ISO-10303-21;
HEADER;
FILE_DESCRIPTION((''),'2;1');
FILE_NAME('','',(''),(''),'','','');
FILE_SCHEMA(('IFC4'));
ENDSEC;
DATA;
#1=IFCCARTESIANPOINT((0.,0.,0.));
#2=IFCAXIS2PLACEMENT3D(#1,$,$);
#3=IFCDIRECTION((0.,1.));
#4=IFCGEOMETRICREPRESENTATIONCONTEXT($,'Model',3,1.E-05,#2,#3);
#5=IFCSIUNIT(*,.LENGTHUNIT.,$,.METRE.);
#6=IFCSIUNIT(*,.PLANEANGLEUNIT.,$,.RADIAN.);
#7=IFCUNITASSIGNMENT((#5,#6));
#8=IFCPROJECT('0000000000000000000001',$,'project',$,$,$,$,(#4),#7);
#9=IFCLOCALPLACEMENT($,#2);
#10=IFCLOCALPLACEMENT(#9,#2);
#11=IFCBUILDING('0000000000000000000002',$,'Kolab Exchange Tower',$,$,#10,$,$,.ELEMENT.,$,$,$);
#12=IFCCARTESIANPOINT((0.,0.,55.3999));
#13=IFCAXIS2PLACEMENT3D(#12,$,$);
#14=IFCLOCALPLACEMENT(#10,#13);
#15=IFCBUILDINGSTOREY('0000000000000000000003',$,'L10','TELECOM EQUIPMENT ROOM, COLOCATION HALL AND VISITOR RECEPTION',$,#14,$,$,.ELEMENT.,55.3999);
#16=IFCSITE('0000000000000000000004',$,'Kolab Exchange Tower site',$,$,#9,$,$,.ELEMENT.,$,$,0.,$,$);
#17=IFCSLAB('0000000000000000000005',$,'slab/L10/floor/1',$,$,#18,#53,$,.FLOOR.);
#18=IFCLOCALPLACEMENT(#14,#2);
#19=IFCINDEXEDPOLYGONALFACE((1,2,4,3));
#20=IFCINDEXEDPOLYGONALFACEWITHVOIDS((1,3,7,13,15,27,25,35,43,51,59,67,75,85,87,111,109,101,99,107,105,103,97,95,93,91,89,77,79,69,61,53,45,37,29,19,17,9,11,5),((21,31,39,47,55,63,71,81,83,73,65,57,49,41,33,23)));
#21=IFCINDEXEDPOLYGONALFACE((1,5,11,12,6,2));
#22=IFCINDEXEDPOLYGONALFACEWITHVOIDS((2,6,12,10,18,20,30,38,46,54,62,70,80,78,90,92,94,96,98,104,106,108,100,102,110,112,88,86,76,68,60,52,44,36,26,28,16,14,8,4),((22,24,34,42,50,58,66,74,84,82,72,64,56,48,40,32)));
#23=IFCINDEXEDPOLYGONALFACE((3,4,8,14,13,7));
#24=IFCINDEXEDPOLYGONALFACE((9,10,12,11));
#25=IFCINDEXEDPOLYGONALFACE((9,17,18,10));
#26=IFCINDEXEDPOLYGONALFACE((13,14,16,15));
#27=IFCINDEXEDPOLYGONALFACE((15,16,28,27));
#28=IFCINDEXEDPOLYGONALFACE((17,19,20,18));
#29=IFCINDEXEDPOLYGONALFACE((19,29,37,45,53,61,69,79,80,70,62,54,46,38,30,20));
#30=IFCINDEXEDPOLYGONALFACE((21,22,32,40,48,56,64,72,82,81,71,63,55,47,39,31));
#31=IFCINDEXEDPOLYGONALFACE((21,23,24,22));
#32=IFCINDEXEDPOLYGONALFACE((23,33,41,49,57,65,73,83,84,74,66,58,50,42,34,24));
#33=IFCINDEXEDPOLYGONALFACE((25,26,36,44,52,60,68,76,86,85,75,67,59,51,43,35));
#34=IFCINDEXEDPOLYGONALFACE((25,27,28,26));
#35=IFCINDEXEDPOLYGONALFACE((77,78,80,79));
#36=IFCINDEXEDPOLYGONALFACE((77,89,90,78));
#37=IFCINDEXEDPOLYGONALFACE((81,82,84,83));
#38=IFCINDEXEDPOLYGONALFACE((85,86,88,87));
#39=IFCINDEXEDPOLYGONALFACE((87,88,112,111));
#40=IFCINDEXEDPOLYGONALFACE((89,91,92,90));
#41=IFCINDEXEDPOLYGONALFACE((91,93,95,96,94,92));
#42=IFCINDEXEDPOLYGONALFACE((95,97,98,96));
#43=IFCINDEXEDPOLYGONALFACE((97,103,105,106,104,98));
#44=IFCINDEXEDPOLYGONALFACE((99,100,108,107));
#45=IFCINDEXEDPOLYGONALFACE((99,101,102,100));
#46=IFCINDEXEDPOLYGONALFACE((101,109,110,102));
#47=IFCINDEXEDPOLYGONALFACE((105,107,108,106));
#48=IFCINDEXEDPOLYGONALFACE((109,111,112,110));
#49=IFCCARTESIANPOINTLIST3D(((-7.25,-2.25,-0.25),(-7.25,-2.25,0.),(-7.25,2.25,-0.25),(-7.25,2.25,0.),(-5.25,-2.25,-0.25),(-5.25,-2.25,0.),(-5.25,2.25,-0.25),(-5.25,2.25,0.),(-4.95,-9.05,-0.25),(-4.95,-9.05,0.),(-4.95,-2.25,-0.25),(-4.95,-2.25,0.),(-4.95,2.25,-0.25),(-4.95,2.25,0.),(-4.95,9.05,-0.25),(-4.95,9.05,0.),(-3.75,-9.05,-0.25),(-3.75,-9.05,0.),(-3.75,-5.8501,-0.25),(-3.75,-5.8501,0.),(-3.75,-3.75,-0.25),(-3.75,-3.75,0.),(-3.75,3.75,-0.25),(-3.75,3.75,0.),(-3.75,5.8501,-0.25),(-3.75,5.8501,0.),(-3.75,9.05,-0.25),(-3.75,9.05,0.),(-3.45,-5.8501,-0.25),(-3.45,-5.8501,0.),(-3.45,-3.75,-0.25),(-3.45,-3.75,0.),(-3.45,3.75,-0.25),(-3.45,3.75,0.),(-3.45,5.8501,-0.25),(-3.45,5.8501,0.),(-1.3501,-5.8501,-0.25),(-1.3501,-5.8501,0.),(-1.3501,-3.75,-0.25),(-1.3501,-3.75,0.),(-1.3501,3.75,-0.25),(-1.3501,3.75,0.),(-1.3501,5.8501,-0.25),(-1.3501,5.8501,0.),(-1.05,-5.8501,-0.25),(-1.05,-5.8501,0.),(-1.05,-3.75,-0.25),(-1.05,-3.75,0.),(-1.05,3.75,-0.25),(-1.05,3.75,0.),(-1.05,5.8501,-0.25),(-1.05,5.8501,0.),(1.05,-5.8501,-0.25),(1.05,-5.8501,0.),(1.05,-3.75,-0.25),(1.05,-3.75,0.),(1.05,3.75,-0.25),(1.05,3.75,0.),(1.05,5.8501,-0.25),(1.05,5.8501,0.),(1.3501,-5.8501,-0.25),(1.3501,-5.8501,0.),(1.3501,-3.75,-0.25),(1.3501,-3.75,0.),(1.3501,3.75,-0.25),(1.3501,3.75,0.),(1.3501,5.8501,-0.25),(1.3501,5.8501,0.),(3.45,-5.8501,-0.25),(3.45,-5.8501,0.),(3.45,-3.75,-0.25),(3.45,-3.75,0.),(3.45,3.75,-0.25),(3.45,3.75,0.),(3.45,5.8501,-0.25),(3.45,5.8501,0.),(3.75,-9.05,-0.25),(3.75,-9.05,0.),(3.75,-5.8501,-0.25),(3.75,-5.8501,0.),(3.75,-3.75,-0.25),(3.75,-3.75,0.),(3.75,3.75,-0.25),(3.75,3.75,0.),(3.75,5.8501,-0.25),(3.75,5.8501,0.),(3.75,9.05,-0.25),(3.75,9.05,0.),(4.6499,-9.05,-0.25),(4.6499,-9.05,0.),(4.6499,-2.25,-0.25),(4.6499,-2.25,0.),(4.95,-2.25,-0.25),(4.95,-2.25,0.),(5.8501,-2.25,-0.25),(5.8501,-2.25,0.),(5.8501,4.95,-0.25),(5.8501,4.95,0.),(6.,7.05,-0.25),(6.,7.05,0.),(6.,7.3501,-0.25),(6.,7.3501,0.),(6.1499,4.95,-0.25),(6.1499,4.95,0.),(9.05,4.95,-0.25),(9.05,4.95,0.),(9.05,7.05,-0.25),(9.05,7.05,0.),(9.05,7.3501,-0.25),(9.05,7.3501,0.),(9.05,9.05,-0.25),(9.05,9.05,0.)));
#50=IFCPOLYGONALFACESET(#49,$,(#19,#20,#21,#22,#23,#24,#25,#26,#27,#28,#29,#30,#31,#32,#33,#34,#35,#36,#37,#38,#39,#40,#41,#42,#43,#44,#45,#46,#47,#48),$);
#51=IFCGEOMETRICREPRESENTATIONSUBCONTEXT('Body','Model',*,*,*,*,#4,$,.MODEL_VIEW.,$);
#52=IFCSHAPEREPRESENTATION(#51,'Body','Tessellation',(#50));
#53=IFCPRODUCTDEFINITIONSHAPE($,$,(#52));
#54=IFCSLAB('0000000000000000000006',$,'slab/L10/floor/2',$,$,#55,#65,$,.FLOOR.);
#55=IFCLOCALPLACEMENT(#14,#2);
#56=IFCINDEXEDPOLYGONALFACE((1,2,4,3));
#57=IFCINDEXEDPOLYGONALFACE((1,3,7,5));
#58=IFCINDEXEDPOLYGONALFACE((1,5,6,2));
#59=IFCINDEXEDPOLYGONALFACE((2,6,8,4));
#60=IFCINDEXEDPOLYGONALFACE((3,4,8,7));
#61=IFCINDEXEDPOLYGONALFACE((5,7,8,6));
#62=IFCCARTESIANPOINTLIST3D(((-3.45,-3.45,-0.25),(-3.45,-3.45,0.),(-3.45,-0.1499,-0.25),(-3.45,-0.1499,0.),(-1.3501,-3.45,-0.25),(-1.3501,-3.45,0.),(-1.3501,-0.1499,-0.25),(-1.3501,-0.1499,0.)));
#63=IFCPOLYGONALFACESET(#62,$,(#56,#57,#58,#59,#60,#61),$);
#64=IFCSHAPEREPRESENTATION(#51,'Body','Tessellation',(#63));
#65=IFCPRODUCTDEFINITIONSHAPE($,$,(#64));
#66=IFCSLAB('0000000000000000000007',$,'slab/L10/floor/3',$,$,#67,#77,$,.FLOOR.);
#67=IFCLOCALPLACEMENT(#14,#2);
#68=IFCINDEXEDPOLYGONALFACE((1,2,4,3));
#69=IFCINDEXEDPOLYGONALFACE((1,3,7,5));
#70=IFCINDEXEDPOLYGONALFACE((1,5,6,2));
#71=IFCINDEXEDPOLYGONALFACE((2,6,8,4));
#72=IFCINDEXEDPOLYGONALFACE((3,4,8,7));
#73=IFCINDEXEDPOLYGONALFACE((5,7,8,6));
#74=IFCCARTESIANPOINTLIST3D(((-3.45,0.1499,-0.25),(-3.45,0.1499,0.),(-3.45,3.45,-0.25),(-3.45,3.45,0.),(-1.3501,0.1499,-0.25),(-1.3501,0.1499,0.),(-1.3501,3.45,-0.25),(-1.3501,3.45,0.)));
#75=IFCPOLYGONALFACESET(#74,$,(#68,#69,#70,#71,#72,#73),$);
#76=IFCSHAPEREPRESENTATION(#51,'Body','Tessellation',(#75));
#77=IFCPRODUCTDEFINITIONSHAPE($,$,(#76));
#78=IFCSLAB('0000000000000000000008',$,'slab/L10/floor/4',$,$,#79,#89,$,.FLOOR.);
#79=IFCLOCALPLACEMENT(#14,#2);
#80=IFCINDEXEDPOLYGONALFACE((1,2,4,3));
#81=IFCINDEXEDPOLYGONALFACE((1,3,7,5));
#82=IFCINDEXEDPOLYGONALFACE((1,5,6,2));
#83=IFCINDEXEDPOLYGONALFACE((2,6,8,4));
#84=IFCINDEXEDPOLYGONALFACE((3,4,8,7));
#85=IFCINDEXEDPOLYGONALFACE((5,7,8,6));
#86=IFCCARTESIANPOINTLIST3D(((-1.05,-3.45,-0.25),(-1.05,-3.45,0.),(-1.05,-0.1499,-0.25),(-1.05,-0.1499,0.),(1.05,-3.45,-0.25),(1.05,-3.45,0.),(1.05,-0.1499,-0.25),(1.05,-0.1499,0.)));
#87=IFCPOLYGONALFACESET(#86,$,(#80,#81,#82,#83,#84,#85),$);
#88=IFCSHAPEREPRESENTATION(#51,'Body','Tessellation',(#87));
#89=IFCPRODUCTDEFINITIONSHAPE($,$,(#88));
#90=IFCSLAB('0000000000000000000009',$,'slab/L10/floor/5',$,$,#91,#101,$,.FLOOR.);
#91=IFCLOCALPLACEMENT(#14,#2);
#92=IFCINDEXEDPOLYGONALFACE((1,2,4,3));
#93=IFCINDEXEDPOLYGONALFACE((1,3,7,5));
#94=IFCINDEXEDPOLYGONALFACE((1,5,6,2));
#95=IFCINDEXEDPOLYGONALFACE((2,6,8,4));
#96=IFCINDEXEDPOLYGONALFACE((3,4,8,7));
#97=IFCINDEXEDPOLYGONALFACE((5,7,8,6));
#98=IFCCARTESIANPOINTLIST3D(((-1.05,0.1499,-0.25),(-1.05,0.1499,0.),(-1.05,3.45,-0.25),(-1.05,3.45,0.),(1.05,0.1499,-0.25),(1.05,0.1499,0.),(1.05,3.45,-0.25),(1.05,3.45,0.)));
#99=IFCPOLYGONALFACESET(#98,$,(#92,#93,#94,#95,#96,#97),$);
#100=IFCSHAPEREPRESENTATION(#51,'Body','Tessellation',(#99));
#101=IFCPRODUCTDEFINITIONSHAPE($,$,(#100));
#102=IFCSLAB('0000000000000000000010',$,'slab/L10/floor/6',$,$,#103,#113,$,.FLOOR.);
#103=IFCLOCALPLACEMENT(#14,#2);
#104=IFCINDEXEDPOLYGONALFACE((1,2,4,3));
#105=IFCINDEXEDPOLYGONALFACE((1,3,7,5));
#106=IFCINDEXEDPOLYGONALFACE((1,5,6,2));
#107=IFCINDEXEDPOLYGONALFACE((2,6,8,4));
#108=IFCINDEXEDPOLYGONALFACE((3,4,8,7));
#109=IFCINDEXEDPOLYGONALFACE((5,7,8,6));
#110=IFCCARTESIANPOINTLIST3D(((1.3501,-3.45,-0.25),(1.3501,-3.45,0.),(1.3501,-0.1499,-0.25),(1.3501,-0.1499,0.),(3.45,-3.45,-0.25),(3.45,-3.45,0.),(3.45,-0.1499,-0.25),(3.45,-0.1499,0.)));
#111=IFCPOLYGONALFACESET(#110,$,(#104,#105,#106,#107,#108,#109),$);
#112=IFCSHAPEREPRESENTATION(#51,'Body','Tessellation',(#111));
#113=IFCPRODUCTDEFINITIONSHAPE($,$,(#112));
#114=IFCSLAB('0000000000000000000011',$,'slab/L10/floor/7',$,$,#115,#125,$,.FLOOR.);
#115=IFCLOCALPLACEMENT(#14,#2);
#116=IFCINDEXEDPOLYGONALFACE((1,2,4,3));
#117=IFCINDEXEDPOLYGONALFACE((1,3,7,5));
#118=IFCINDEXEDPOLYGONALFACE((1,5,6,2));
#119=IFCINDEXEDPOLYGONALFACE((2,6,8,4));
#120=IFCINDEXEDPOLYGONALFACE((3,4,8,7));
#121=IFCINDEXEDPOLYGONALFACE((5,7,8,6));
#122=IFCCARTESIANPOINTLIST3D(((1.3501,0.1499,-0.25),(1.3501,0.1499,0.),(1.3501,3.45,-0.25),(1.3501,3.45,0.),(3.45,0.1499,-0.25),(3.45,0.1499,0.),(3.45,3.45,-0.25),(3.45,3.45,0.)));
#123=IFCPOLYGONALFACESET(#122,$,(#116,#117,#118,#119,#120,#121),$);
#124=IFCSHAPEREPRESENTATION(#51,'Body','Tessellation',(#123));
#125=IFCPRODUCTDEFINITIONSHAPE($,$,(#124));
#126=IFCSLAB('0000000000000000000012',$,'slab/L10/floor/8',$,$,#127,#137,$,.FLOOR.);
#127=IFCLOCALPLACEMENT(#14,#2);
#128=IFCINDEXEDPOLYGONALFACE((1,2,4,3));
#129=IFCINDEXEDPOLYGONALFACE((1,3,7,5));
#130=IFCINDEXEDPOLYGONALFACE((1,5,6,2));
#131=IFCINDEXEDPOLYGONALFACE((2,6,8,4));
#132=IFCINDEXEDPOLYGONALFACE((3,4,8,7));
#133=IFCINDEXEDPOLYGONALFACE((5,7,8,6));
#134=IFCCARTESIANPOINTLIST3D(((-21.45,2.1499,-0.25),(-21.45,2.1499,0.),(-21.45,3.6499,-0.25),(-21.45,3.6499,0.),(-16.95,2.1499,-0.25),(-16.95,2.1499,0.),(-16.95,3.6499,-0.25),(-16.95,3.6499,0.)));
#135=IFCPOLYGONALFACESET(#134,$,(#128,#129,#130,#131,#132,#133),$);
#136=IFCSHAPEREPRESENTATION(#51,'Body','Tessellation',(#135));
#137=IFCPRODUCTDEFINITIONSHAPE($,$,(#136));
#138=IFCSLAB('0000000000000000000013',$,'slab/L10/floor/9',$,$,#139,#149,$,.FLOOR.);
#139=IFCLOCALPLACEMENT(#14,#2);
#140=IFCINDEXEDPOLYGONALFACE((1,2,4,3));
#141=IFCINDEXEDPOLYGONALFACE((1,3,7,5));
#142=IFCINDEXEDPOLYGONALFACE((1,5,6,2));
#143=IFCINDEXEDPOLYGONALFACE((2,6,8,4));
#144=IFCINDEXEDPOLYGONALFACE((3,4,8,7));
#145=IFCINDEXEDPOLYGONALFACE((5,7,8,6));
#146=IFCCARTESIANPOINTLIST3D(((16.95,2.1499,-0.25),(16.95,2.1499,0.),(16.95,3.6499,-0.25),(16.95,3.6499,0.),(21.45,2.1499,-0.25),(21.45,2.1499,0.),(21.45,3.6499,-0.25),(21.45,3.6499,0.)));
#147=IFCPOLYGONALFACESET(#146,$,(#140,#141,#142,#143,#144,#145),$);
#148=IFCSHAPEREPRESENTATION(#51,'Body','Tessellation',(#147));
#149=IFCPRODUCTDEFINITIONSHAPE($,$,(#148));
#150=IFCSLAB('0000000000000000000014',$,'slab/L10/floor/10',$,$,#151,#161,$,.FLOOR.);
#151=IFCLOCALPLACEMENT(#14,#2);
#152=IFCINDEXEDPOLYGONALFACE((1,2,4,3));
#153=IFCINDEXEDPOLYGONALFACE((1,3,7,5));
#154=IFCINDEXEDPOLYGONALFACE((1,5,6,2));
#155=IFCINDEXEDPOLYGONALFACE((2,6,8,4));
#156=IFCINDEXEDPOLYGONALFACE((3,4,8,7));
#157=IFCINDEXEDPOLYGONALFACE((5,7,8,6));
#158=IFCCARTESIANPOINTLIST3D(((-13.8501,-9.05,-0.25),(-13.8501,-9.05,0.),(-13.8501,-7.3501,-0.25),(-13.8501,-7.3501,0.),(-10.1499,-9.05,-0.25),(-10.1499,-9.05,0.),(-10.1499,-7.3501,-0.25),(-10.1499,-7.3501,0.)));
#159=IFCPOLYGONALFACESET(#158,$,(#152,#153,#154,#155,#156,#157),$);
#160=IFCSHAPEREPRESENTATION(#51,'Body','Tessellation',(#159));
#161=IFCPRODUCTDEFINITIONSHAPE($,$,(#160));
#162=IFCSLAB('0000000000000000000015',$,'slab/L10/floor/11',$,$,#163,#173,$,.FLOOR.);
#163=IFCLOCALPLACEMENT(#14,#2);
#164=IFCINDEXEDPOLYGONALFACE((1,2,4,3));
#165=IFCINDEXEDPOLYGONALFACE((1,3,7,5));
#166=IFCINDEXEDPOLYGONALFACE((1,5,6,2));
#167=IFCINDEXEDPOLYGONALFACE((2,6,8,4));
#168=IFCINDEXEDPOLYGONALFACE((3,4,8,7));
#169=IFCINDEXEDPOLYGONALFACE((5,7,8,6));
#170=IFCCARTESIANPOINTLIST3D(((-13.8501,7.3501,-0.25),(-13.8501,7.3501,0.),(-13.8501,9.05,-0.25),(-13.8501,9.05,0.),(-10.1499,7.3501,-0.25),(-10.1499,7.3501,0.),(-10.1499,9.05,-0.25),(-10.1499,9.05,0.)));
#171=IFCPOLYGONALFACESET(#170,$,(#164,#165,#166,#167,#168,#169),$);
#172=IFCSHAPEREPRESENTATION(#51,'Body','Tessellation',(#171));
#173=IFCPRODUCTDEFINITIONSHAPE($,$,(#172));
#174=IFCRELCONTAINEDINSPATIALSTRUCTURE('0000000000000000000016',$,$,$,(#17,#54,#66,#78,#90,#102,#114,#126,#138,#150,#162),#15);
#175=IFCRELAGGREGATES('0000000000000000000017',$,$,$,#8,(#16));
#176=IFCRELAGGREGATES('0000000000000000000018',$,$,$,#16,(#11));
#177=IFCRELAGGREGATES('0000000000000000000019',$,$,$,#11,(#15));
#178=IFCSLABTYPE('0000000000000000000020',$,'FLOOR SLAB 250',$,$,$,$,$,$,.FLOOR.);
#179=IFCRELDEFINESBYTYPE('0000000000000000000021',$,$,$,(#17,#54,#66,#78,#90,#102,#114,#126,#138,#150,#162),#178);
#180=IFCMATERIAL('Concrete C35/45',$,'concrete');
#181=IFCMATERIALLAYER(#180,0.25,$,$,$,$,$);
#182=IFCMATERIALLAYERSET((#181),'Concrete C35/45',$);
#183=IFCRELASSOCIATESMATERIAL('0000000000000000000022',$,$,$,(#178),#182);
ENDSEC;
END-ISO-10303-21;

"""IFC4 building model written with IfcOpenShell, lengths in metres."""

from ifc_helpers import new_model, si_unit, direction, frame, origin, place, context, subcontext, project, spatial, polyline, outline, extrude, material, layer, layer_set, type_object, element, save


model = new_model("IFC4")

# Units and contexts
model_context = context("Model", 3, precision=1e-05, world=origin(), true_north=direction((0.0, 1.0)))
body_context = subcontext(model_context, "Body", "Model", "MODEL_VIEW")
ifc_project = project(units=[si_unit("LENGTHUNIT", "METRE"), si_unit("PLANEANGLEUNIT", "RADIAN")], contexts=[model_context])

# Site, building, storey
site_placement = place(None, origin())
site = spatial("IfcSite", under=ifc_project, at=site_placement, Name="Kolab Exchange Tower site", CompositionType="ELEMENT", RefElevation=0.0)
building_placement = place(site_placement, origin())
building = spatial("IfcBuilding", under=site, at=building_placement, Name="Kolab Exchange Tower", CompositionType="ELEMENT")
storey_placement = place(building_placement, frame((0.0, 0.0, 55.3999)))
storey = spatial("IfcBuildingStorey", under=building, at=storey_placement, Name="L10", Description="TELECOM EQUIPMENT ROOM, COLOCATION HALL AND VISITOR RECEPTION", CompositionType="ELEMENT", Elevation=55.3999)

# Slabs
ifc_material_1 = material(Name="Concrete C35/45", Category="concrete")
ifc_layer_1 = layer(ifc_material_1, 0.25)
ifc_layer_set_1 = layer_set([ifc_layer_1], Name="Concrete C35/45")
slab_type = type_object("IfcSlabType", Name="FLOOR SLAB 250", PredefinedType="FLOOR", material=ifc_layer_set_1)
slab_1_placement = place(storey_placement, frame((0.0, 0.0, -0.25)))
element("IfcSlab", 1, at=slab_1_placement, inside=storey, type_object=slab_type, Name="slab/L10/floor/1", PredefinedType="FLOOR", context=body_context, shape_type="SweptSolid", body=[
    extrude(outline(polyline([(-5.25, 2.25), (-7.25, 2.25), (-7.25, -2.25), (-5.25, -2.25), (-4.95, -2.25), (-4.95, -9.05), (-3.75, -9.05), (-3.75, -5.8501), (-3.45, -5.8501), (-1.3501, -5.8501), (-1.05, -5.8501), (1.05, -5.8501), (1.3501, -5.8501), (3.45, -5.8501), (3.75, -5.8501), (3.75, -9.05), (4.6499, -9.05), (4.6499, -2.25), (4.95, -2.25), (5.8501, -2.25), (5.8501, 4.95), (6.1499, 4.95), (9.05, 4.95), (9.05, 7.05), (6.0, 7.05), (6.0, 7.3501), (9.05, 7.3501), (9.05, 9.05), (3.75, 9.05), (3.75, 5.8501), (3.45, 5.8501), (1.3501, 5.8501), (1.05, 5.8501), (-1.05, 5.8501), (-1.3501, 5.8501), (-3.45, 5.8501), (-3.75, 5.8501), (-3.75, 9.05), (-4.95, 9.05), (-4.95, 2.25), (-5.25, 2.25)]), holes=[polyline([(-1.3501, 3.75), (-1.05, 3.75), (1.05, 3.75), (1.3501, 3.75), (3.45, 3.75), (3.75, 3.75), (3.75, -3.75), (3.45, -3.75), (1.3501, -3.75), (1.05, -3.75), (-1.05, -3.75), (-1.3501, -3.75), (-3.45, -3.75), (-3.75, -3.75), (-3.75, 3.75), (-3.45, 3.75), (-1.3501, 3.75)])]), origin(), (0.0, 0.0, 1.0), 0.25),
])
slab_2_placement = place(storey_placement, frame((0.0, 0.0, -0.25)))
element("IfcSlab", 2, at=slab_2_placement, inside=storey, type_object=slab_type, Name="slab/L10/floor/2", PredefinedType="FLOOR", context=body_context, shape_type="SweptSolid", body=[
    extrude(outline(polyline([(-3.45, -3.45), (-1.3501, -3.45), (-1.3501, -0.1499), (-3.45, -0.1499), (-3.45, -3.45)])), origin(), (0.0, 0.0, 1.0), 0.25),
])
slab_3_placement = place(storey_placement, frame((0.0, 0.0, -0.25)))
element("IfcSlab", 3, at=slab_3_placement, inside=storey, type_object=slab_type, Name="slab/L10/floor/3", PredefinedType="FLOOR", context=body_context, shape_type="SweptSolid", body=[
    extrude(outline(polyline([(-1.3501, 0.1499), (-1.3501, 3.45), (-3.45, 3.45), (-3.45, 0.1499), (-1.3501, 0.1499)])), origin(), (0.0, 0.0, 1.0), 0.25),
])
slab_4_placement = place(storey_placement, frame((0.0, 0.0, -0.25)))
element("IfcSlab", 4, at=slab_4_placement, inside=storey, type_object=slab_type, Name="slab/L10/floor/4", PredefinedType="FLOOR", context=body_context, shape_type="SweptSolid", body=[
    extrude(outline(polyline([(-1.05, -0.1499), (-1.05, -3.45), (1.05, -3.45), (1.05, -0.1499), (-1.05, -0.1499)])), origin(), (0.0, 0.0, 1.0), 0.25),
])
slab_5_placement = place(storey_placement, frame((0.0, 0.0, -0.25)))
element("IfcSlab", 5, at=slab_5_placement, inside=storey, type_object=slab_type, Name="slab/L10/floor/5", PredefinedType="FLOOR", context=body_context, shape_type="SweptSolid", body=[
    extrude(outline(polyline([(-1.05, 3.45), (-1.05, 0.1499), (1.05, 0.1499), (1.05, 3.45), (-1.05, 3.45)])), origin(), (0.0, 0.0, 1.0), 0.25),
])
slab_6_placement = place(storey_placement, frame((0.0, 0.0, -0.25)))
element("IfcSlab", 6, at=slab_6_placement, inside=storey, type_object=slab_type, Name="slab/L10/floor/6", PredefinedType="FLOOR", context=body_context, shape_type="SweptSolid", body=[
    extrude(outline(polyline([(1.3501, -3.45), (3.45, -3.45), (3.45, -0.1499), (1.3501, -0.1499), (1.3501, -3.45)])), origin(), (0.0, 0.0, 1.0), 0.25),
])
slab_7_placement = place(storey_placement, frame((0.0, 0.0, -0.25)))
element("IfcSlab", 7, at=slab_7_placement, inside=storey, type_object=slab_type, Name="slab/L10/floor/7", PredefinedType="FLOOR", context=body_context, shape_type="SweptSolid", body=[
    extrude(outline(polyline([(1.3501, 0.1499), (3.45, 0.1499), (3.45, 3.45), (1.3501, 3.45), (1.3501, 0.1499)])), origin(), (0.0, 0.0, 1.0), 0.25),
])
slab_8_placement = place(storey_placement, frame((0.0, 0.0, -0.25)))
element("IfcSlab", 8, at=slab_8_placement, inside=storey, type_object=slab_type, Name="slab/L10/floor/8", PredefinedType="FLOOR", context=body_context, shape_type="SweptSolid", body=[
    extrude(outline(polyline([(-21.45, 3.6499), (-21.45, 2.1499), (-16.95, 2.1499), (-16.95, 3.6499), (-21.45, 3.6499)])), origin(), (0.0, 0.0, 1.0), 0.25),
])
slab_9_placement = place(storey_placement, frame((0.0, 0.0, -0.25)))
element("IfcSlab", 9, at=slab_9_placement, inside=storey, type_object=slab_type, Name="slab/L10/floor/9", PredefinedType="FLOOR", context=body_context, shape_type="SweptSolid", body=[
    extrude(outline(polyline([(21.45, 3.6499), (16.95, 3.6499), (16.95, 2.1499), (21.45, 2.1499), (21.45, 3.6499)])), origin(), (0.0, 0.0, 1.0), 0.25),
])
slab_10_placement = place(storey_placement, frame((0.0, 0.0, -0.25)))
element("IfcSlab", 10, at=slab_10_placement, inside=storey, type_object=slab_type, Name="slab/L10/floor/10", PredefinedType="FLOOR", context=body_context, shape_type="SweptSolid", body=[
    extrude(outline(polyline([(-10.1499, -9.05), (-10.1499, -7.3501), (-13.8501, -7.3501), (-13.8501, -9.05), (-10.1499, -9.05)])), origin(), (0.0, 0.0, 1.0), 0.25),
])
slab_11_placement = place(storey_placement, frame((0.0, 0.0, -0.25)))
element("IfcSlab", 11, at=slab_11_placement, inside=storey, type_object=slab_type, Name="slab/L10/floor/11", PredefinedType="FLOOR", context=body_context, shape_type="SweptSolid", body=[
    extrude(outline(polyline([(-13.8501, 7.3501), (-10.1499, 7.3501), (-10.1499, 9.05), (-13.8501, 9.05), (-13.8501, 7.3501)])), origin(), (0.0, 0.0, 1.0), 0.25),
])

save(model, "model.ifc")
